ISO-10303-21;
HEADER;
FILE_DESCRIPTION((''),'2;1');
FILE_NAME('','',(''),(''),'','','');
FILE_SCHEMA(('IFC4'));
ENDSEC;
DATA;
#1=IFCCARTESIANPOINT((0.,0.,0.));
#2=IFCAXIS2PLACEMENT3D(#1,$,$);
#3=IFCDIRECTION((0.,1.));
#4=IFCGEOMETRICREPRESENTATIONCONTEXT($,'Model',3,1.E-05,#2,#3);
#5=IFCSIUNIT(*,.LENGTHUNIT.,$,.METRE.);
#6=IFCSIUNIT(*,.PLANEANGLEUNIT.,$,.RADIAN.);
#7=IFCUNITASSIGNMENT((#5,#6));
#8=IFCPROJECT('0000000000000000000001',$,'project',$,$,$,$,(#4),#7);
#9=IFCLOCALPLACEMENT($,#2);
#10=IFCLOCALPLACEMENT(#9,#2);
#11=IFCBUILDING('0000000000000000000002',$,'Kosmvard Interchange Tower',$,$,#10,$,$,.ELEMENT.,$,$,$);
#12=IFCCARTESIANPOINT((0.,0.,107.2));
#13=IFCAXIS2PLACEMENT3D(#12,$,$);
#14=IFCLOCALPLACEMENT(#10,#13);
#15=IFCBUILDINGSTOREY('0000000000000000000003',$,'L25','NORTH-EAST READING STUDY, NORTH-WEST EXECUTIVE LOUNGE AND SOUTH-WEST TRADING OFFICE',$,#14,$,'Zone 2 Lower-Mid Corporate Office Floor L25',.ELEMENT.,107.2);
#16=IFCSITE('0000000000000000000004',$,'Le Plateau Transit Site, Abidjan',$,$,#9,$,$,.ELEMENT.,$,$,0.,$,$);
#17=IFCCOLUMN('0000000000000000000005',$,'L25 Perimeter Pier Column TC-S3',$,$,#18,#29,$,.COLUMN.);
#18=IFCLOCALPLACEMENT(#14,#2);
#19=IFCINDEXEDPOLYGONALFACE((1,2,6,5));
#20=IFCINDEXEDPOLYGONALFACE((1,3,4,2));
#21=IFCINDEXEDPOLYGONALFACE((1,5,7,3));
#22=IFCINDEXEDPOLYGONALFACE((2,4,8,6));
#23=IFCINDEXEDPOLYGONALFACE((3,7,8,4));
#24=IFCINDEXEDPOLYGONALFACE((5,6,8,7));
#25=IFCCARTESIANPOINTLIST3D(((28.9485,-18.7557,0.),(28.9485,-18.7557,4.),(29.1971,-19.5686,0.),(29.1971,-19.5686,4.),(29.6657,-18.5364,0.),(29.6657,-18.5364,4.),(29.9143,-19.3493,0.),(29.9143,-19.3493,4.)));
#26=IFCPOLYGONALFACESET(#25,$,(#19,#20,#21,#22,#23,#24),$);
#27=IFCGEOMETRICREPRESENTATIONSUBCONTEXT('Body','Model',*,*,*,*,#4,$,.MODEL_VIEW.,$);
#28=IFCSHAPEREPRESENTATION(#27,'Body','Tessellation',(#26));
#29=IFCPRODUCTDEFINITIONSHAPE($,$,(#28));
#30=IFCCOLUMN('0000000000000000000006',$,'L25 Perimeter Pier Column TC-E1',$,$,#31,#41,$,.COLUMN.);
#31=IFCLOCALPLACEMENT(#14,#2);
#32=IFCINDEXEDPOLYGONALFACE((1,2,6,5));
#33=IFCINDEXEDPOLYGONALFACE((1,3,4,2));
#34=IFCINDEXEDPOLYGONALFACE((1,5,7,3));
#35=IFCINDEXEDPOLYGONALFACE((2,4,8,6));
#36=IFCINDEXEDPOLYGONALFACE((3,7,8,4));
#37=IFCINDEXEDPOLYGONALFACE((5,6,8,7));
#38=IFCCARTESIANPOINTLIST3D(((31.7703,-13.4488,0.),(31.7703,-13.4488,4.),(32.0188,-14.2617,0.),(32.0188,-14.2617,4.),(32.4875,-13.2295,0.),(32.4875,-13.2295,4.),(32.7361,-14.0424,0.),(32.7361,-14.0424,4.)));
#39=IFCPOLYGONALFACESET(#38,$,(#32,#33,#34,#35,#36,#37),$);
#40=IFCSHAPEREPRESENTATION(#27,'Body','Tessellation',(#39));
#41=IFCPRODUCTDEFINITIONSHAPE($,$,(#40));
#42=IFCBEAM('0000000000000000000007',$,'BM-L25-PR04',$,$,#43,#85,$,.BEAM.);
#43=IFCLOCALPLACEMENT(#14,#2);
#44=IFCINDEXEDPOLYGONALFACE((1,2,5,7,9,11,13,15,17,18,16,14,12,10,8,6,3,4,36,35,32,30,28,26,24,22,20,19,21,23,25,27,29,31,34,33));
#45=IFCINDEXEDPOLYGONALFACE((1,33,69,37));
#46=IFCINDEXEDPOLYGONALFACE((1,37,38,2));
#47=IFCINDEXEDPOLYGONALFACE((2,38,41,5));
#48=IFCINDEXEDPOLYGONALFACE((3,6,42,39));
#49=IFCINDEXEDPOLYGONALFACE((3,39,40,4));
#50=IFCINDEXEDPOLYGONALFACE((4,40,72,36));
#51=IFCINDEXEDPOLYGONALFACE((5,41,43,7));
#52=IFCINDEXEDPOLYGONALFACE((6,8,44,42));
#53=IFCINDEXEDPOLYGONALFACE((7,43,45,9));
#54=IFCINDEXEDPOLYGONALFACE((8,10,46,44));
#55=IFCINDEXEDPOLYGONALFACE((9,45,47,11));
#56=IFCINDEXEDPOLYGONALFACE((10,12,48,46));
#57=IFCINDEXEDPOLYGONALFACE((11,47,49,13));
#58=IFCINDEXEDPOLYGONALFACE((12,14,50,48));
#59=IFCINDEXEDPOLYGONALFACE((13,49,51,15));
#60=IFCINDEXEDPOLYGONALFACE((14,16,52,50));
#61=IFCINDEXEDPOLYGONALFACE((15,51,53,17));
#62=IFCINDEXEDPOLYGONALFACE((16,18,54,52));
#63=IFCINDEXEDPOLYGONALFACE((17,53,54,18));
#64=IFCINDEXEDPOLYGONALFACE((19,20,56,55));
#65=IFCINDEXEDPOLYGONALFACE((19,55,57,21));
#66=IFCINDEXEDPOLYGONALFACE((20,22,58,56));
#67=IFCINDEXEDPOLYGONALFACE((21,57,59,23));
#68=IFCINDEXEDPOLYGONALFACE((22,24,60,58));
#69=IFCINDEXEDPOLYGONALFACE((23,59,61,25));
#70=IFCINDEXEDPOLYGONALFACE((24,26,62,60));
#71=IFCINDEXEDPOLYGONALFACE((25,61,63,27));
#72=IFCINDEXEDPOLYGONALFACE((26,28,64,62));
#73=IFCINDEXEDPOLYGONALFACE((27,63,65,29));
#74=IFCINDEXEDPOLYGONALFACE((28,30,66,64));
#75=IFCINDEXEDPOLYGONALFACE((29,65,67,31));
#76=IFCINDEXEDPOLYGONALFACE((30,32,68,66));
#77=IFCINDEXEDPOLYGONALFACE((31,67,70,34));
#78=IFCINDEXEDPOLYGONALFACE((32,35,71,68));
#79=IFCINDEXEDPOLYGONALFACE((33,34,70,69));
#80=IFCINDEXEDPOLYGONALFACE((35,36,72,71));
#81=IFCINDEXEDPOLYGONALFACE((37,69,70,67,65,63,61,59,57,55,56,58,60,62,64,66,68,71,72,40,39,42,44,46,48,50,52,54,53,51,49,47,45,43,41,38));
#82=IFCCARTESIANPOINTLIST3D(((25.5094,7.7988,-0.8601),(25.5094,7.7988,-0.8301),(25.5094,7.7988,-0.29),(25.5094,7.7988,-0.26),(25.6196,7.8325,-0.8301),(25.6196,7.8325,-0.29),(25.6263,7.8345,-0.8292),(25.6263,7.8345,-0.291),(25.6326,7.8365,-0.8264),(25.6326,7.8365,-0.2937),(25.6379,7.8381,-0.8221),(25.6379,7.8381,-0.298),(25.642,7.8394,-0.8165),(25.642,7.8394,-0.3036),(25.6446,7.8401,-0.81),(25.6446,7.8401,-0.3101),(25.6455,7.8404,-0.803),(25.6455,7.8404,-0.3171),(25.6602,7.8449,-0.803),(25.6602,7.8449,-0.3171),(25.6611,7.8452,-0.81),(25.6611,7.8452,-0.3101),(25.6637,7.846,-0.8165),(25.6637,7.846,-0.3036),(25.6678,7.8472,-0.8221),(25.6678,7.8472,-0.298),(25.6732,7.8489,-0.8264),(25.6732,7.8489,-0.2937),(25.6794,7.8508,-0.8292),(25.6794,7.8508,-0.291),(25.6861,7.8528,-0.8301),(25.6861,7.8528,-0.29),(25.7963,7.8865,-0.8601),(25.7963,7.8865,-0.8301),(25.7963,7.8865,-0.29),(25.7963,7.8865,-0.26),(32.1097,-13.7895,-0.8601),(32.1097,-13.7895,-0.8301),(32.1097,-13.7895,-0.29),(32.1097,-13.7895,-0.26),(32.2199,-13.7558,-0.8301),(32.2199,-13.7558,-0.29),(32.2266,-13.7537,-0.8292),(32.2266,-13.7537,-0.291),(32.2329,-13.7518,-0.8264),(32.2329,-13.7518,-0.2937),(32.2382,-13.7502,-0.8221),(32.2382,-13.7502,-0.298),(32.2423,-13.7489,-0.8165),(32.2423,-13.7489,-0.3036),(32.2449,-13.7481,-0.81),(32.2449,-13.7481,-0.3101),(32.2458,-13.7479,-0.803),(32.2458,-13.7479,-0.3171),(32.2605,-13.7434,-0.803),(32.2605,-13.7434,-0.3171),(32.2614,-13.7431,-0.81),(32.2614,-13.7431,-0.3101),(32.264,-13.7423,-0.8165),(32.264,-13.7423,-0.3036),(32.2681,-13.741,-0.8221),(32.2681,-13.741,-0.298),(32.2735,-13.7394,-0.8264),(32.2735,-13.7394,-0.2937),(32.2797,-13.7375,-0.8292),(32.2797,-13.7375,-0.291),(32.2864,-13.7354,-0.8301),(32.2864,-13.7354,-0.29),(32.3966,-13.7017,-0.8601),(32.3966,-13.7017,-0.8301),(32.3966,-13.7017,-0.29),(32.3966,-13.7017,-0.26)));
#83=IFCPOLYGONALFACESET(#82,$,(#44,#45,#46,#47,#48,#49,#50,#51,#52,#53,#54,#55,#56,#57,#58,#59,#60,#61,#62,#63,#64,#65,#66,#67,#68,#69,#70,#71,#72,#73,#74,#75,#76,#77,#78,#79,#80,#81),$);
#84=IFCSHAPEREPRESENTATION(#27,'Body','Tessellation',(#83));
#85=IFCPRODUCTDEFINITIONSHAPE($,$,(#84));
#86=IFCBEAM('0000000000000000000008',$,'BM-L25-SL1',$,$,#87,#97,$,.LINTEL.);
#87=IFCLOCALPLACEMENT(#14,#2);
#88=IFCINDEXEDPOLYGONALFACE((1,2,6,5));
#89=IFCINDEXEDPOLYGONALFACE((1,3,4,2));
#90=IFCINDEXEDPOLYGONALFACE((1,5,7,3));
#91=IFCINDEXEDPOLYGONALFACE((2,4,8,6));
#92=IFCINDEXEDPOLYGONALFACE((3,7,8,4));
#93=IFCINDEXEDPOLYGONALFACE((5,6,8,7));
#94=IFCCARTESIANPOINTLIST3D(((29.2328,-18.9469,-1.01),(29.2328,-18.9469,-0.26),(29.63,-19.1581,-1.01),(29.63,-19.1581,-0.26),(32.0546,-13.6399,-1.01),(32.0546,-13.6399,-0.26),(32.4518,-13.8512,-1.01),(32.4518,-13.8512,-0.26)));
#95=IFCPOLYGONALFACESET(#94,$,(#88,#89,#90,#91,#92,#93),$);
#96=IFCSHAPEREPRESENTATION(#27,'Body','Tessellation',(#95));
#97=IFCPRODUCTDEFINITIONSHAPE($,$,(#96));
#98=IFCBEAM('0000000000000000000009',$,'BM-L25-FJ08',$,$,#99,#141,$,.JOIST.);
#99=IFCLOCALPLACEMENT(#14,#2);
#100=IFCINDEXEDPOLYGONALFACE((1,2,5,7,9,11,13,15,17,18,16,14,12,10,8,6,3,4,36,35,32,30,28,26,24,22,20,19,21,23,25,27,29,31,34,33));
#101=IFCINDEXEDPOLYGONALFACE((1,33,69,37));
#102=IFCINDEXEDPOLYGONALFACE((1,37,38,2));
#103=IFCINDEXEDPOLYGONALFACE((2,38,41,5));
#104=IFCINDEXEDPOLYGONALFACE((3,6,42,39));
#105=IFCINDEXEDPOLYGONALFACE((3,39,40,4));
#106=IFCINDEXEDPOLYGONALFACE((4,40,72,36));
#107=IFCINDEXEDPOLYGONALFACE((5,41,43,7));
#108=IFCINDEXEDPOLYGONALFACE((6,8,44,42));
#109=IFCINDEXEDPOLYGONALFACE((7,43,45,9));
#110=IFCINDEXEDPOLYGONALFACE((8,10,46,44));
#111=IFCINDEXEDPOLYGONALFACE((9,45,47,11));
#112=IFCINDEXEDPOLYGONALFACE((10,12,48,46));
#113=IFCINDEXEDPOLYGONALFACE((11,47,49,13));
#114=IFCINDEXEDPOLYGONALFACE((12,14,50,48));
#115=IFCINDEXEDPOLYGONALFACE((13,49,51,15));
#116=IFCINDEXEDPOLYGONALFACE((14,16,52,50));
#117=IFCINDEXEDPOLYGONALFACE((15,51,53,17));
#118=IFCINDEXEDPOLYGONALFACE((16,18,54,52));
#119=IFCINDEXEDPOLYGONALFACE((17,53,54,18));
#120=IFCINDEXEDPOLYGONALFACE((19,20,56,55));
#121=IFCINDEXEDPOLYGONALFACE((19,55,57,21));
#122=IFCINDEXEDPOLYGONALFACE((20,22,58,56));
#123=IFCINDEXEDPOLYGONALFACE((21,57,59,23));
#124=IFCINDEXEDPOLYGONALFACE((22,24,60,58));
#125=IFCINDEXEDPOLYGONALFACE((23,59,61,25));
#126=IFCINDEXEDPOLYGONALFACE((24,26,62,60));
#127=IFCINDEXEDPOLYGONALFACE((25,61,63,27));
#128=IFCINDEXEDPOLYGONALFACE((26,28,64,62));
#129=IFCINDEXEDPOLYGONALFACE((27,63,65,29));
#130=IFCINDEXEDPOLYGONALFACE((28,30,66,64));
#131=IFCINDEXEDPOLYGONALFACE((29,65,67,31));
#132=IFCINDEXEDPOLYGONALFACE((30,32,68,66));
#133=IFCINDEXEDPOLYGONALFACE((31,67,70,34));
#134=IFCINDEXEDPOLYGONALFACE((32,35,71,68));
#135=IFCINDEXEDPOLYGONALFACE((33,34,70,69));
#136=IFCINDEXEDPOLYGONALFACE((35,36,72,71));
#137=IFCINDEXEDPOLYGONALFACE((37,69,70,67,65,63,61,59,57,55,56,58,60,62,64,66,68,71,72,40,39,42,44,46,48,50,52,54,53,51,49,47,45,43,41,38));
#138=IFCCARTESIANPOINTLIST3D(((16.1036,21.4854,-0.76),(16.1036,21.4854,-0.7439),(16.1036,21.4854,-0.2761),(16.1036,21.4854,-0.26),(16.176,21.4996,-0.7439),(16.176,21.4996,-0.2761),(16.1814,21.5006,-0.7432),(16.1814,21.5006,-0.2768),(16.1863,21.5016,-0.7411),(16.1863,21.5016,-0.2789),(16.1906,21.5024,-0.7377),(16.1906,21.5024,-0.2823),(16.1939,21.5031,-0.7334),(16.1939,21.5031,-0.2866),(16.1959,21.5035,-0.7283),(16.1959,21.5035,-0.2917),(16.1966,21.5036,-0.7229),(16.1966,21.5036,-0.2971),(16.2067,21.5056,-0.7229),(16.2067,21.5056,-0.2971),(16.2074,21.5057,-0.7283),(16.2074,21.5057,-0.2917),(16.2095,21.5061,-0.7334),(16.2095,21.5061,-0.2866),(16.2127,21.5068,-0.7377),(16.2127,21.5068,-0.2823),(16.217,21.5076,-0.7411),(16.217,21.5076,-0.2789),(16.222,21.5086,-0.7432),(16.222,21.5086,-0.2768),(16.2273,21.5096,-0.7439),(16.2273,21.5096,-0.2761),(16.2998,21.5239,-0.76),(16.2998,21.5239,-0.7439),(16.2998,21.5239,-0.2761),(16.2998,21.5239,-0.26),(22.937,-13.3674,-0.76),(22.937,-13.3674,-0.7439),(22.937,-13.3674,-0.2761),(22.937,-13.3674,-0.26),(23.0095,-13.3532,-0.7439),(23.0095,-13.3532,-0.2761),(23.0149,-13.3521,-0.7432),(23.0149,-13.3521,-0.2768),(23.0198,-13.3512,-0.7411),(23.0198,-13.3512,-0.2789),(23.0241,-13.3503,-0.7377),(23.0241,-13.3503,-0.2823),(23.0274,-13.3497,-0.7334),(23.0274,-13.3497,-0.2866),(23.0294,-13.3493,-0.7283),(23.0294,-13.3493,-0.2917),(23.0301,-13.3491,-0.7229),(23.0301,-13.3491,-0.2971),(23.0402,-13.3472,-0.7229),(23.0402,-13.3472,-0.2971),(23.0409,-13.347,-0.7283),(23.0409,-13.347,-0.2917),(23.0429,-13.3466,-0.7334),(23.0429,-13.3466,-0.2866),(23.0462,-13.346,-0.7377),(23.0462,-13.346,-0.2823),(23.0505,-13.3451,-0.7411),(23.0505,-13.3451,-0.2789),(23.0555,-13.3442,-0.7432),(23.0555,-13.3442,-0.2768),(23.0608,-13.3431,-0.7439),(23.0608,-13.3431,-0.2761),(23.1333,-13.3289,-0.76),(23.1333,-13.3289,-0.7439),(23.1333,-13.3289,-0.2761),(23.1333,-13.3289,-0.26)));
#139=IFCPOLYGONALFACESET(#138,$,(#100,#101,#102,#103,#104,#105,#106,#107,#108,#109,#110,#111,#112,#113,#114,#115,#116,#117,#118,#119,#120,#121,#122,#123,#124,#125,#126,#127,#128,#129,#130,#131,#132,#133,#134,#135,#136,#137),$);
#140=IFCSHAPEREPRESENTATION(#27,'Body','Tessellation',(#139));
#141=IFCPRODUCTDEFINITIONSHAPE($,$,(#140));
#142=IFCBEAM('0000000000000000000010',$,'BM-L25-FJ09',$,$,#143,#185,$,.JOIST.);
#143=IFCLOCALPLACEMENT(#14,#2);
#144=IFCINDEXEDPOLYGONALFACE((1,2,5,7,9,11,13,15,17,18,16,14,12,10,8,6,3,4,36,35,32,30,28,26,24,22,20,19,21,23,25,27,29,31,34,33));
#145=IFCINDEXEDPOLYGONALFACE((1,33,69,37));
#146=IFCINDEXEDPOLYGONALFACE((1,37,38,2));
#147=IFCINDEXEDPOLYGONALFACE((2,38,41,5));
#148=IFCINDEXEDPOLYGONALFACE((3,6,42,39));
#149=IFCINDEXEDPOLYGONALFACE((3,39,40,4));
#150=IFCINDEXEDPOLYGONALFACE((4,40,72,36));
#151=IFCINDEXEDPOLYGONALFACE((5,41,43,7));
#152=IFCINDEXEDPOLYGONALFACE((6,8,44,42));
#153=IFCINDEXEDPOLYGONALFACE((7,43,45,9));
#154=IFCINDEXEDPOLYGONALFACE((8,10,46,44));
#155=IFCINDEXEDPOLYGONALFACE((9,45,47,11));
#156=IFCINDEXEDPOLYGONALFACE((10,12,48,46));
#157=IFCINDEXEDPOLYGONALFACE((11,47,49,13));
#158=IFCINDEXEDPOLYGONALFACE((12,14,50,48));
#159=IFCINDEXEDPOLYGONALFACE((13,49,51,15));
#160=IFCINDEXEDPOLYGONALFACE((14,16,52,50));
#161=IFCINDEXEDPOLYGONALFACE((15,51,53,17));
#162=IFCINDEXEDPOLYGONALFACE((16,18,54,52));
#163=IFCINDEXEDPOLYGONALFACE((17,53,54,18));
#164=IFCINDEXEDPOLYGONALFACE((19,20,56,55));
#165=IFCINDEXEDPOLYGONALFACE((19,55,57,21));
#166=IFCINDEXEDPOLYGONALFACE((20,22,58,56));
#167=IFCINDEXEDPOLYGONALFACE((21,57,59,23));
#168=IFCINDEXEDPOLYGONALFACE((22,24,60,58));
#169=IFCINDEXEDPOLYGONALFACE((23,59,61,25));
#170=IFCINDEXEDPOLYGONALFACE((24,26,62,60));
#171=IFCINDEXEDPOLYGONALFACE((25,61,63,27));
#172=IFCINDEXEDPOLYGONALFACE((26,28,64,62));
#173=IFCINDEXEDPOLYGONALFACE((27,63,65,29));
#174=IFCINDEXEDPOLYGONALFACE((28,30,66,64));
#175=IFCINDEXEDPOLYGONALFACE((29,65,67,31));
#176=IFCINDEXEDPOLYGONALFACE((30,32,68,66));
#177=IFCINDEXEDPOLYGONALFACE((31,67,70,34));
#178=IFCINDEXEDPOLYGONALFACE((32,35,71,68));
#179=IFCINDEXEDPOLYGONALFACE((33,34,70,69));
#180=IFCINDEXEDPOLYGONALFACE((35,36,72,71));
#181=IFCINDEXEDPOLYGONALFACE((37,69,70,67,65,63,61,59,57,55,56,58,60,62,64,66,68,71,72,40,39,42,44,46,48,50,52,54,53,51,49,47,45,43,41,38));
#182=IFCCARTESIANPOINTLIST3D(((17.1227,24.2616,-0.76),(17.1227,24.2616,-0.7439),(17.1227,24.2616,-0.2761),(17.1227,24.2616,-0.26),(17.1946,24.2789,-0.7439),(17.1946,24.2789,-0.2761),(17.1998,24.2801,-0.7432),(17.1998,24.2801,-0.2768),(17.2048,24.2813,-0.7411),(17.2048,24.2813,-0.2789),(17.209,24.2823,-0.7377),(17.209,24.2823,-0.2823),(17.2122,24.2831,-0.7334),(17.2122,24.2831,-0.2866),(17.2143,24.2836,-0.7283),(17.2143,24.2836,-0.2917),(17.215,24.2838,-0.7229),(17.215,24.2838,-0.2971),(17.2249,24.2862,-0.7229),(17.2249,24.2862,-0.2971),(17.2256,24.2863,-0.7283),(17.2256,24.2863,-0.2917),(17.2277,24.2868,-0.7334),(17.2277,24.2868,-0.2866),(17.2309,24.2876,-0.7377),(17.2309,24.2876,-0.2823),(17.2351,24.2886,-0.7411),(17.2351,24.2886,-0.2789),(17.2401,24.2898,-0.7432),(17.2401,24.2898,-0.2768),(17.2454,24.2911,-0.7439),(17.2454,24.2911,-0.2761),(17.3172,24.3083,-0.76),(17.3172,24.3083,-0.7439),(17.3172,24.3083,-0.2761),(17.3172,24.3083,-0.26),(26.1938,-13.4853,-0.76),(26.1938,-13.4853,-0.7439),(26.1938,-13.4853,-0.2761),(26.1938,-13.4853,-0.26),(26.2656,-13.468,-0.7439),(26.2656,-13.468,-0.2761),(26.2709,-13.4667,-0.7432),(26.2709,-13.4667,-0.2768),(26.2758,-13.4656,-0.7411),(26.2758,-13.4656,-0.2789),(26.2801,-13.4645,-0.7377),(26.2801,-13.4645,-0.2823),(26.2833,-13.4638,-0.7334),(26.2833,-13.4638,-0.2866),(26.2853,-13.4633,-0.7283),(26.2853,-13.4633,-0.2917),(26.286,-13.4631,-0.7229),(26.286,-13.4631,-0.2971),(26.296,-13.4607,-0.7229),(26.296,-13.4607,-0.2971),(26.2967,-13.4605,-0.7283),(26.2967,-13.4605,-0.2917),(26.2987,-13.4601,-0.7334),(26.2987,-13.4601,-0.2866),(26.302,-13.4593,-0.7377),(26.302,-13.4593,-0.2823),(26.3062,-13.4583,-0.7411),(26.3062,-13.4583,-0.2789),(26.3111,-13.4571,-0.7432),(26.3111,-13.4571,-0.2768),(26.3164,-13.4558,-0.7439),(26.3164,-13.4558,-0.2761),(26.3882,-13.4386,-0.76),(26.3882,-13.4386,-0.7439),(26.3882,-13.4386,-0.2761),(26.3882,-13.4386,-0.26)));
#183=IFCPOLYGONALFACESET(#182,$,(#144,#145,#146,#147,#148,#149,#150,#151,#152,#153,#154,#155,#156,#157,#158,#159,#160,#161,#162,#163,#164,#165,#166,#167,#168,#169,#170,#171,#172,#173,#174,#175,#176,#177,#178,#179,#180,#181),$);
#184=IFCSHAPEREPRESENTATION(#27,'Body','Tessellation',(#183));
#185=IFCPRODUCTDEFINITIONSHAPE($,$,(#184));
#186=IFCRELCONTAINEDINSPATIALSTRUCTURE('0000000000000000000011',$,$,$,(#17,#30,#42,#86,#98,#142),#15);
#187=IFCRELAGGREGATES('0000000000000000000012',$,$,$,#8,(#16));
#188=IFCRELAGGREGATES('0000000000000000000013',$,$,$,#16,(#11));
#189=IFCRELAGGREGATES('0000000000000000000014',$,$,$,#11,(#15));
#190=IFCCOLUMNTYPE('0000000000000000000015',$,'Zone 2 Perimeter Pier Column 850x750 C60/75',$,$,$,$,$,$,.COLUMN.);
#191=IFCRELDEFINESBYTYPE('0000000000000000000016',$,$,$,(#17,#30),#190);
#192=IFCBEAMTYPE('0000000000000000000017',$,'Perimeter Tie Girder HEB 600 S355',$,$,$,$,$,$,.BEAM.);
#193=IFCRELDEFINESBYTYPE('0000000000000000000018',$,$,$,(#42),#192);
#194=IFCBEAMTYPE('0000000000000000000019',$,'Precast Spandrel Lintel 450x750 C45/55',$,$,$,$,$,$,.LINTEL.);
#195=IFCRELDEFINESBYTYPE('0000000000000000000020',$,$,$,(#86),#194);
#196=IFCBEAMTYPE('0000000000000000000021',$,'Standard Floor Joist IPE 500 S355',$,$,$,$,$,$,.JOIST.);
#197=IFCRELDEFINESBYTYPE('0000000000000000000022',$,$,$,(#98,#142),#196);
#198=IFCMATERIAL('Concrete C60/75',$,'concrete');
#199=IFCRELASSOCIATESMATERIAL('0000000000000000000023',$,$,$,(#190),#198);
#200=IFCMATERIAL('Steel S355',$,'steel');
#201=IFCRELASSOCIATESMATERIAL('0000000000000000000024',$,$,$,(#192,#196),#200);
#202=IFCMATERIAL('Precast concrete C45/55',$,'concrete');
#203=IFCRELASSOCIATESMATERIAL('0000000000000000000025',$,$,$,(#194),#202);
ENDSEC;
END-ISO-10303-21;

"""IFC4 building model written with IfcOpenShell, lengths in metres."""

from ifc_helpers import new_model, si_unit, direction, frame, origin, origin_2d, place, context, subcontext, project, spatial, rectangle, i_section, extrude, source, transform, mapped, material, material_profile, profile_set, type_object, element, save


model = new_model("IFC4")

# Units and contexts
model_context = context("Model", 3, precision=1e-05, world=origin(), true_north=direction((0.0, 1.0)))
body_context = subcontext(model_context, "Body", "Model", "MODEL_VIEW")
ifc_project = project(units=[si_unit("LENGTHUNIT", "METRE"), si_unit("PLANEANGLEUNIT", "RADIAN")], contexts=[model_context])

# Site, building, storey
site_placement = place(None, origin())
site = spatial("IfcSite", under=ifc_project, at=site_placement, Name="Le Plateau Transit Site, Abidjan", CompositionType="ELEMENT", RefElevation=0.0)
building_placement = place(site_placement, origin())
building = spatial("IfcBuilding", under=site, at=building_placement, Name="Kosmvard Interchange Tower", CompositionType="ELEMENT")
storey_placement = place(building_placement, frame((0.0, 0.0, 107.2)))
storey = spatial("IfcBuildingStorey", under=building, at=storey_placement, Name="L25", Description="NORTH-EAST READING STUDY, NORTH-WEST EXECUTIVE LOUNGE AND SOUTH-WEST TRADING OFFICE", LongName="Zone 2 Lower-Mid Corporate Office Floor L25", CompositionType="ELEMENT", Elevation=107.2)

# Columns
ifc_material_1 = material(Name="Concrete C60/75", Category="concrete")
ifc_material_profile_1 = material_profile(ifc_material_1, rectangle(XDim=0.75, YDim=0.8501, at=origin_2d()), Name="TC 850x750")
ifc_profile_set_1 = profile_set([ifc_material_profile_1], Name="Concrete C60/75")
column_type = type_object("IfcColumnType", Name="Zone 2 Perimeter Pier Column 850x750 C60/75", PredefinedType="COLUMN", material=ifc_profile_set_1)
shared_shape_1 = source(origin(), body_context, "Body", "SweptSolid", [
    extrude(rectangle(XDim=0.75, YDim=0.8501, at=origin_2d()), origin(), (0.0, 0.0, 1.0), 4.0),
])
for number, where, z_axis, x_axis, name in (
    (1, (29.4314, -19.0525, 0.0), (0.0, 0.0, 1.0), (0.956305, 0.292372, 0.0), "L25 Perimeter Pier Column TC-S3"),
    (2, (32.2532, -13.7456, 0.0), (0.0, 0.0, 1.0), (0.956305, 0.292372, 0.0), "L25 Perimeter Pier Column TC-E1"),
):
    element("IfcColumn", number, at=place(storey_placement, frame(where, z_axis=z_axis, x_axis=x_axis)), inside=storey, type_object=column_type, Name=name, PredefinedType="COLUMN", context=body_context, shape_type="MappedRepresentation", body=[
        mapped(shared_shape_1, transform((0.0, 0.0, 0.0), scale=1.0)),
    ])

# Beams
ifc_material_2 = material(Name="Steel S355", Category="steel")
ifc_material_profile_2 = material_profile(ifc_material_2, i_section(OverallWidth=0.3, OverallDepth=0.6001, WebThickness=0.0154, FlangeThickness=0.03, FilletRadius=0.0271, at=origin_2d()), Name="HEB 600")
ifc_profile_set_2 = profile_set([ifc_material_profile_2], Name="Steel S355")
beam_type_1 = type_object("IfcBeamType", Name="Perimeter Tie Girder HEB 600 S355", PredefinedType="BEAM", material=ifc_profile_set_2)
shared_shape_2 = source(origin(), body_context, "Body", "SweptSolid", [
    extrude(i_section(OverallWidth=0.3, OverallDepth=0.6001, WebThickness=0.0154, FlangeThickness=0.03, FilletRadius=0.0271, at=origin_2d()), origin(), (0.0, 0.0, 1.0), 22.5747),
])
beam_1_placement = place(storey_placement, frame((32.2532, -13.7456, -0.5601), z_axis=(-0.292376, 0.956303, 0.0), x_axis=(-0.956303, -0.292376, 0.0)))
element("IfcBeam", 3, at=beam_1_placement, inside=storey, type_object=beam_type_1, Name="BM-L25-PR04", PredefinedType="BEAM", context=body_context, shape_type="MappedRepresentation", body=[
    mapped(shared_shape_2, transform((0.0, 0.0, 0.0), scale=1.0)),
])
ifc_material_3 = material(Name="Precast concrete C45/55", Category="concrete")
ifc_material_profile_3 = material_profile(ifc_material_3, rectangle(XDim=0.45, YDim=0.75, at=origin_2d()), Name="SL 450x750")
ifc_profile_set_3 = profile_set([ifc_material_profile_3], Name="Precast concrete C45/55")
beam_type_2 = type_object("IfcBeamType", Name="Precast Spandrel Lintel 450x750 C45/55", PredefinedType="LINTEL", material=ifc_profile_set_3)
shared_shape_3 = source(origin(), body_context, "Body", "SweptSolid", [
    extrude(rectangle(XDim=0.45, YDim=0.75, at=origin_2d()), origin(), (0.0, 0.0, 1.0), 6.0105),
])
beam_2_placement = place(storey_placement, frame((29.4314, -19.0525, -0.635), z_axis=(0.469479, 0.882944, 0.0), x_axis=(-0.882944, 0.469479, 0.0)))
element("IfcBeam", 4, at=beam_2_placement, inside=storey, type_object=beam_type_2, Name="BM-L25-SL1", PredefinedType="LINTEL", context=body_context, shape_type="MappedRepresentation", body=[
    mapped(shared_shape_3, transform((0.0, 0.0, 0.0), scale=1.0)),
])
ifc_material_profile_4 = material_profile(ifc_material_2, i_section(OverallWidth=0.2, OverallDepth=0.5, WebThickness=0.0103, FlangeThickness=0.0161, FilletRadius=0.021, at=origin_2d()), Name="IPE 500")
ifc_profile_set_4 = profile_set([ifc_material_profile_4], Name="Steel S355")
beam_type_3 = type_object("IfcBeamType", Name="Standard Floor Joist IPE 500 S355", PredefinedType="JOIST", material=ifc_profile_set_4)
shared_shape_4 = source(origin(), body_context, "Body", "SweptSolid", [
    extrude(i_section(OverallWidth=0.2, OverallDepth=0.5, WebThickness=0.0103, FlangeThickness=0.0161, FilletRadius=0.021, at=origin_2d()), origin(), (0.0, 0.0, 1.0), 35.5164),
])
beam_3_placement = place(storey_placement, frame((23.0352, -13.3481, -0.51), z_axis=(-0.192404, 0.981316, 0.0), x_axis=(-0.981316, -0.192404, 0.0)))
element("IfcBeam", 5, at=beam_3_placement, inside=storey, type_object=beam_type_3, Name="BM-L25-FJ08", PredefinedType="JOIST", context=body_context, shape_type="MappedRepresentation", body=[
    mapped(shared_shape_4, transform((0.0, 0.0, 0.0), scale=1.0)),
])
shared_shape_5 = source(origin(), body_context, "Body", "SweptSolid", [
    extrude(i_section(OverallWidth=0.2, OverallDepth=0.5, WebThickness=0.0103, FlangeThickness=0.0161, FilletRadius=0.021, at=origin_2d()), origin(), (0.0, 0.0, 1.0), 38.8215),
])
beam_4_placement = place(storey_placement, frame((26.291, -13.4619, -0.51), z_axis=(-0.233661, 0.972318, 0.0), x_axis=(-0.972318, -0.233661, 0.0)))
element("IfcBeam", 6, at=beam_4_placement, inside=storey, type_object=beam_type_3, Name="BM-L25-FJ09", PredefinedType="JOIST", context=body_context, shape_type="MappedRepresentation", body=[
    mapped(shared_shape_5, transform((0.0, 0.0, 0.0), scale=1.0)),
])

save(model, "model.ifc")
